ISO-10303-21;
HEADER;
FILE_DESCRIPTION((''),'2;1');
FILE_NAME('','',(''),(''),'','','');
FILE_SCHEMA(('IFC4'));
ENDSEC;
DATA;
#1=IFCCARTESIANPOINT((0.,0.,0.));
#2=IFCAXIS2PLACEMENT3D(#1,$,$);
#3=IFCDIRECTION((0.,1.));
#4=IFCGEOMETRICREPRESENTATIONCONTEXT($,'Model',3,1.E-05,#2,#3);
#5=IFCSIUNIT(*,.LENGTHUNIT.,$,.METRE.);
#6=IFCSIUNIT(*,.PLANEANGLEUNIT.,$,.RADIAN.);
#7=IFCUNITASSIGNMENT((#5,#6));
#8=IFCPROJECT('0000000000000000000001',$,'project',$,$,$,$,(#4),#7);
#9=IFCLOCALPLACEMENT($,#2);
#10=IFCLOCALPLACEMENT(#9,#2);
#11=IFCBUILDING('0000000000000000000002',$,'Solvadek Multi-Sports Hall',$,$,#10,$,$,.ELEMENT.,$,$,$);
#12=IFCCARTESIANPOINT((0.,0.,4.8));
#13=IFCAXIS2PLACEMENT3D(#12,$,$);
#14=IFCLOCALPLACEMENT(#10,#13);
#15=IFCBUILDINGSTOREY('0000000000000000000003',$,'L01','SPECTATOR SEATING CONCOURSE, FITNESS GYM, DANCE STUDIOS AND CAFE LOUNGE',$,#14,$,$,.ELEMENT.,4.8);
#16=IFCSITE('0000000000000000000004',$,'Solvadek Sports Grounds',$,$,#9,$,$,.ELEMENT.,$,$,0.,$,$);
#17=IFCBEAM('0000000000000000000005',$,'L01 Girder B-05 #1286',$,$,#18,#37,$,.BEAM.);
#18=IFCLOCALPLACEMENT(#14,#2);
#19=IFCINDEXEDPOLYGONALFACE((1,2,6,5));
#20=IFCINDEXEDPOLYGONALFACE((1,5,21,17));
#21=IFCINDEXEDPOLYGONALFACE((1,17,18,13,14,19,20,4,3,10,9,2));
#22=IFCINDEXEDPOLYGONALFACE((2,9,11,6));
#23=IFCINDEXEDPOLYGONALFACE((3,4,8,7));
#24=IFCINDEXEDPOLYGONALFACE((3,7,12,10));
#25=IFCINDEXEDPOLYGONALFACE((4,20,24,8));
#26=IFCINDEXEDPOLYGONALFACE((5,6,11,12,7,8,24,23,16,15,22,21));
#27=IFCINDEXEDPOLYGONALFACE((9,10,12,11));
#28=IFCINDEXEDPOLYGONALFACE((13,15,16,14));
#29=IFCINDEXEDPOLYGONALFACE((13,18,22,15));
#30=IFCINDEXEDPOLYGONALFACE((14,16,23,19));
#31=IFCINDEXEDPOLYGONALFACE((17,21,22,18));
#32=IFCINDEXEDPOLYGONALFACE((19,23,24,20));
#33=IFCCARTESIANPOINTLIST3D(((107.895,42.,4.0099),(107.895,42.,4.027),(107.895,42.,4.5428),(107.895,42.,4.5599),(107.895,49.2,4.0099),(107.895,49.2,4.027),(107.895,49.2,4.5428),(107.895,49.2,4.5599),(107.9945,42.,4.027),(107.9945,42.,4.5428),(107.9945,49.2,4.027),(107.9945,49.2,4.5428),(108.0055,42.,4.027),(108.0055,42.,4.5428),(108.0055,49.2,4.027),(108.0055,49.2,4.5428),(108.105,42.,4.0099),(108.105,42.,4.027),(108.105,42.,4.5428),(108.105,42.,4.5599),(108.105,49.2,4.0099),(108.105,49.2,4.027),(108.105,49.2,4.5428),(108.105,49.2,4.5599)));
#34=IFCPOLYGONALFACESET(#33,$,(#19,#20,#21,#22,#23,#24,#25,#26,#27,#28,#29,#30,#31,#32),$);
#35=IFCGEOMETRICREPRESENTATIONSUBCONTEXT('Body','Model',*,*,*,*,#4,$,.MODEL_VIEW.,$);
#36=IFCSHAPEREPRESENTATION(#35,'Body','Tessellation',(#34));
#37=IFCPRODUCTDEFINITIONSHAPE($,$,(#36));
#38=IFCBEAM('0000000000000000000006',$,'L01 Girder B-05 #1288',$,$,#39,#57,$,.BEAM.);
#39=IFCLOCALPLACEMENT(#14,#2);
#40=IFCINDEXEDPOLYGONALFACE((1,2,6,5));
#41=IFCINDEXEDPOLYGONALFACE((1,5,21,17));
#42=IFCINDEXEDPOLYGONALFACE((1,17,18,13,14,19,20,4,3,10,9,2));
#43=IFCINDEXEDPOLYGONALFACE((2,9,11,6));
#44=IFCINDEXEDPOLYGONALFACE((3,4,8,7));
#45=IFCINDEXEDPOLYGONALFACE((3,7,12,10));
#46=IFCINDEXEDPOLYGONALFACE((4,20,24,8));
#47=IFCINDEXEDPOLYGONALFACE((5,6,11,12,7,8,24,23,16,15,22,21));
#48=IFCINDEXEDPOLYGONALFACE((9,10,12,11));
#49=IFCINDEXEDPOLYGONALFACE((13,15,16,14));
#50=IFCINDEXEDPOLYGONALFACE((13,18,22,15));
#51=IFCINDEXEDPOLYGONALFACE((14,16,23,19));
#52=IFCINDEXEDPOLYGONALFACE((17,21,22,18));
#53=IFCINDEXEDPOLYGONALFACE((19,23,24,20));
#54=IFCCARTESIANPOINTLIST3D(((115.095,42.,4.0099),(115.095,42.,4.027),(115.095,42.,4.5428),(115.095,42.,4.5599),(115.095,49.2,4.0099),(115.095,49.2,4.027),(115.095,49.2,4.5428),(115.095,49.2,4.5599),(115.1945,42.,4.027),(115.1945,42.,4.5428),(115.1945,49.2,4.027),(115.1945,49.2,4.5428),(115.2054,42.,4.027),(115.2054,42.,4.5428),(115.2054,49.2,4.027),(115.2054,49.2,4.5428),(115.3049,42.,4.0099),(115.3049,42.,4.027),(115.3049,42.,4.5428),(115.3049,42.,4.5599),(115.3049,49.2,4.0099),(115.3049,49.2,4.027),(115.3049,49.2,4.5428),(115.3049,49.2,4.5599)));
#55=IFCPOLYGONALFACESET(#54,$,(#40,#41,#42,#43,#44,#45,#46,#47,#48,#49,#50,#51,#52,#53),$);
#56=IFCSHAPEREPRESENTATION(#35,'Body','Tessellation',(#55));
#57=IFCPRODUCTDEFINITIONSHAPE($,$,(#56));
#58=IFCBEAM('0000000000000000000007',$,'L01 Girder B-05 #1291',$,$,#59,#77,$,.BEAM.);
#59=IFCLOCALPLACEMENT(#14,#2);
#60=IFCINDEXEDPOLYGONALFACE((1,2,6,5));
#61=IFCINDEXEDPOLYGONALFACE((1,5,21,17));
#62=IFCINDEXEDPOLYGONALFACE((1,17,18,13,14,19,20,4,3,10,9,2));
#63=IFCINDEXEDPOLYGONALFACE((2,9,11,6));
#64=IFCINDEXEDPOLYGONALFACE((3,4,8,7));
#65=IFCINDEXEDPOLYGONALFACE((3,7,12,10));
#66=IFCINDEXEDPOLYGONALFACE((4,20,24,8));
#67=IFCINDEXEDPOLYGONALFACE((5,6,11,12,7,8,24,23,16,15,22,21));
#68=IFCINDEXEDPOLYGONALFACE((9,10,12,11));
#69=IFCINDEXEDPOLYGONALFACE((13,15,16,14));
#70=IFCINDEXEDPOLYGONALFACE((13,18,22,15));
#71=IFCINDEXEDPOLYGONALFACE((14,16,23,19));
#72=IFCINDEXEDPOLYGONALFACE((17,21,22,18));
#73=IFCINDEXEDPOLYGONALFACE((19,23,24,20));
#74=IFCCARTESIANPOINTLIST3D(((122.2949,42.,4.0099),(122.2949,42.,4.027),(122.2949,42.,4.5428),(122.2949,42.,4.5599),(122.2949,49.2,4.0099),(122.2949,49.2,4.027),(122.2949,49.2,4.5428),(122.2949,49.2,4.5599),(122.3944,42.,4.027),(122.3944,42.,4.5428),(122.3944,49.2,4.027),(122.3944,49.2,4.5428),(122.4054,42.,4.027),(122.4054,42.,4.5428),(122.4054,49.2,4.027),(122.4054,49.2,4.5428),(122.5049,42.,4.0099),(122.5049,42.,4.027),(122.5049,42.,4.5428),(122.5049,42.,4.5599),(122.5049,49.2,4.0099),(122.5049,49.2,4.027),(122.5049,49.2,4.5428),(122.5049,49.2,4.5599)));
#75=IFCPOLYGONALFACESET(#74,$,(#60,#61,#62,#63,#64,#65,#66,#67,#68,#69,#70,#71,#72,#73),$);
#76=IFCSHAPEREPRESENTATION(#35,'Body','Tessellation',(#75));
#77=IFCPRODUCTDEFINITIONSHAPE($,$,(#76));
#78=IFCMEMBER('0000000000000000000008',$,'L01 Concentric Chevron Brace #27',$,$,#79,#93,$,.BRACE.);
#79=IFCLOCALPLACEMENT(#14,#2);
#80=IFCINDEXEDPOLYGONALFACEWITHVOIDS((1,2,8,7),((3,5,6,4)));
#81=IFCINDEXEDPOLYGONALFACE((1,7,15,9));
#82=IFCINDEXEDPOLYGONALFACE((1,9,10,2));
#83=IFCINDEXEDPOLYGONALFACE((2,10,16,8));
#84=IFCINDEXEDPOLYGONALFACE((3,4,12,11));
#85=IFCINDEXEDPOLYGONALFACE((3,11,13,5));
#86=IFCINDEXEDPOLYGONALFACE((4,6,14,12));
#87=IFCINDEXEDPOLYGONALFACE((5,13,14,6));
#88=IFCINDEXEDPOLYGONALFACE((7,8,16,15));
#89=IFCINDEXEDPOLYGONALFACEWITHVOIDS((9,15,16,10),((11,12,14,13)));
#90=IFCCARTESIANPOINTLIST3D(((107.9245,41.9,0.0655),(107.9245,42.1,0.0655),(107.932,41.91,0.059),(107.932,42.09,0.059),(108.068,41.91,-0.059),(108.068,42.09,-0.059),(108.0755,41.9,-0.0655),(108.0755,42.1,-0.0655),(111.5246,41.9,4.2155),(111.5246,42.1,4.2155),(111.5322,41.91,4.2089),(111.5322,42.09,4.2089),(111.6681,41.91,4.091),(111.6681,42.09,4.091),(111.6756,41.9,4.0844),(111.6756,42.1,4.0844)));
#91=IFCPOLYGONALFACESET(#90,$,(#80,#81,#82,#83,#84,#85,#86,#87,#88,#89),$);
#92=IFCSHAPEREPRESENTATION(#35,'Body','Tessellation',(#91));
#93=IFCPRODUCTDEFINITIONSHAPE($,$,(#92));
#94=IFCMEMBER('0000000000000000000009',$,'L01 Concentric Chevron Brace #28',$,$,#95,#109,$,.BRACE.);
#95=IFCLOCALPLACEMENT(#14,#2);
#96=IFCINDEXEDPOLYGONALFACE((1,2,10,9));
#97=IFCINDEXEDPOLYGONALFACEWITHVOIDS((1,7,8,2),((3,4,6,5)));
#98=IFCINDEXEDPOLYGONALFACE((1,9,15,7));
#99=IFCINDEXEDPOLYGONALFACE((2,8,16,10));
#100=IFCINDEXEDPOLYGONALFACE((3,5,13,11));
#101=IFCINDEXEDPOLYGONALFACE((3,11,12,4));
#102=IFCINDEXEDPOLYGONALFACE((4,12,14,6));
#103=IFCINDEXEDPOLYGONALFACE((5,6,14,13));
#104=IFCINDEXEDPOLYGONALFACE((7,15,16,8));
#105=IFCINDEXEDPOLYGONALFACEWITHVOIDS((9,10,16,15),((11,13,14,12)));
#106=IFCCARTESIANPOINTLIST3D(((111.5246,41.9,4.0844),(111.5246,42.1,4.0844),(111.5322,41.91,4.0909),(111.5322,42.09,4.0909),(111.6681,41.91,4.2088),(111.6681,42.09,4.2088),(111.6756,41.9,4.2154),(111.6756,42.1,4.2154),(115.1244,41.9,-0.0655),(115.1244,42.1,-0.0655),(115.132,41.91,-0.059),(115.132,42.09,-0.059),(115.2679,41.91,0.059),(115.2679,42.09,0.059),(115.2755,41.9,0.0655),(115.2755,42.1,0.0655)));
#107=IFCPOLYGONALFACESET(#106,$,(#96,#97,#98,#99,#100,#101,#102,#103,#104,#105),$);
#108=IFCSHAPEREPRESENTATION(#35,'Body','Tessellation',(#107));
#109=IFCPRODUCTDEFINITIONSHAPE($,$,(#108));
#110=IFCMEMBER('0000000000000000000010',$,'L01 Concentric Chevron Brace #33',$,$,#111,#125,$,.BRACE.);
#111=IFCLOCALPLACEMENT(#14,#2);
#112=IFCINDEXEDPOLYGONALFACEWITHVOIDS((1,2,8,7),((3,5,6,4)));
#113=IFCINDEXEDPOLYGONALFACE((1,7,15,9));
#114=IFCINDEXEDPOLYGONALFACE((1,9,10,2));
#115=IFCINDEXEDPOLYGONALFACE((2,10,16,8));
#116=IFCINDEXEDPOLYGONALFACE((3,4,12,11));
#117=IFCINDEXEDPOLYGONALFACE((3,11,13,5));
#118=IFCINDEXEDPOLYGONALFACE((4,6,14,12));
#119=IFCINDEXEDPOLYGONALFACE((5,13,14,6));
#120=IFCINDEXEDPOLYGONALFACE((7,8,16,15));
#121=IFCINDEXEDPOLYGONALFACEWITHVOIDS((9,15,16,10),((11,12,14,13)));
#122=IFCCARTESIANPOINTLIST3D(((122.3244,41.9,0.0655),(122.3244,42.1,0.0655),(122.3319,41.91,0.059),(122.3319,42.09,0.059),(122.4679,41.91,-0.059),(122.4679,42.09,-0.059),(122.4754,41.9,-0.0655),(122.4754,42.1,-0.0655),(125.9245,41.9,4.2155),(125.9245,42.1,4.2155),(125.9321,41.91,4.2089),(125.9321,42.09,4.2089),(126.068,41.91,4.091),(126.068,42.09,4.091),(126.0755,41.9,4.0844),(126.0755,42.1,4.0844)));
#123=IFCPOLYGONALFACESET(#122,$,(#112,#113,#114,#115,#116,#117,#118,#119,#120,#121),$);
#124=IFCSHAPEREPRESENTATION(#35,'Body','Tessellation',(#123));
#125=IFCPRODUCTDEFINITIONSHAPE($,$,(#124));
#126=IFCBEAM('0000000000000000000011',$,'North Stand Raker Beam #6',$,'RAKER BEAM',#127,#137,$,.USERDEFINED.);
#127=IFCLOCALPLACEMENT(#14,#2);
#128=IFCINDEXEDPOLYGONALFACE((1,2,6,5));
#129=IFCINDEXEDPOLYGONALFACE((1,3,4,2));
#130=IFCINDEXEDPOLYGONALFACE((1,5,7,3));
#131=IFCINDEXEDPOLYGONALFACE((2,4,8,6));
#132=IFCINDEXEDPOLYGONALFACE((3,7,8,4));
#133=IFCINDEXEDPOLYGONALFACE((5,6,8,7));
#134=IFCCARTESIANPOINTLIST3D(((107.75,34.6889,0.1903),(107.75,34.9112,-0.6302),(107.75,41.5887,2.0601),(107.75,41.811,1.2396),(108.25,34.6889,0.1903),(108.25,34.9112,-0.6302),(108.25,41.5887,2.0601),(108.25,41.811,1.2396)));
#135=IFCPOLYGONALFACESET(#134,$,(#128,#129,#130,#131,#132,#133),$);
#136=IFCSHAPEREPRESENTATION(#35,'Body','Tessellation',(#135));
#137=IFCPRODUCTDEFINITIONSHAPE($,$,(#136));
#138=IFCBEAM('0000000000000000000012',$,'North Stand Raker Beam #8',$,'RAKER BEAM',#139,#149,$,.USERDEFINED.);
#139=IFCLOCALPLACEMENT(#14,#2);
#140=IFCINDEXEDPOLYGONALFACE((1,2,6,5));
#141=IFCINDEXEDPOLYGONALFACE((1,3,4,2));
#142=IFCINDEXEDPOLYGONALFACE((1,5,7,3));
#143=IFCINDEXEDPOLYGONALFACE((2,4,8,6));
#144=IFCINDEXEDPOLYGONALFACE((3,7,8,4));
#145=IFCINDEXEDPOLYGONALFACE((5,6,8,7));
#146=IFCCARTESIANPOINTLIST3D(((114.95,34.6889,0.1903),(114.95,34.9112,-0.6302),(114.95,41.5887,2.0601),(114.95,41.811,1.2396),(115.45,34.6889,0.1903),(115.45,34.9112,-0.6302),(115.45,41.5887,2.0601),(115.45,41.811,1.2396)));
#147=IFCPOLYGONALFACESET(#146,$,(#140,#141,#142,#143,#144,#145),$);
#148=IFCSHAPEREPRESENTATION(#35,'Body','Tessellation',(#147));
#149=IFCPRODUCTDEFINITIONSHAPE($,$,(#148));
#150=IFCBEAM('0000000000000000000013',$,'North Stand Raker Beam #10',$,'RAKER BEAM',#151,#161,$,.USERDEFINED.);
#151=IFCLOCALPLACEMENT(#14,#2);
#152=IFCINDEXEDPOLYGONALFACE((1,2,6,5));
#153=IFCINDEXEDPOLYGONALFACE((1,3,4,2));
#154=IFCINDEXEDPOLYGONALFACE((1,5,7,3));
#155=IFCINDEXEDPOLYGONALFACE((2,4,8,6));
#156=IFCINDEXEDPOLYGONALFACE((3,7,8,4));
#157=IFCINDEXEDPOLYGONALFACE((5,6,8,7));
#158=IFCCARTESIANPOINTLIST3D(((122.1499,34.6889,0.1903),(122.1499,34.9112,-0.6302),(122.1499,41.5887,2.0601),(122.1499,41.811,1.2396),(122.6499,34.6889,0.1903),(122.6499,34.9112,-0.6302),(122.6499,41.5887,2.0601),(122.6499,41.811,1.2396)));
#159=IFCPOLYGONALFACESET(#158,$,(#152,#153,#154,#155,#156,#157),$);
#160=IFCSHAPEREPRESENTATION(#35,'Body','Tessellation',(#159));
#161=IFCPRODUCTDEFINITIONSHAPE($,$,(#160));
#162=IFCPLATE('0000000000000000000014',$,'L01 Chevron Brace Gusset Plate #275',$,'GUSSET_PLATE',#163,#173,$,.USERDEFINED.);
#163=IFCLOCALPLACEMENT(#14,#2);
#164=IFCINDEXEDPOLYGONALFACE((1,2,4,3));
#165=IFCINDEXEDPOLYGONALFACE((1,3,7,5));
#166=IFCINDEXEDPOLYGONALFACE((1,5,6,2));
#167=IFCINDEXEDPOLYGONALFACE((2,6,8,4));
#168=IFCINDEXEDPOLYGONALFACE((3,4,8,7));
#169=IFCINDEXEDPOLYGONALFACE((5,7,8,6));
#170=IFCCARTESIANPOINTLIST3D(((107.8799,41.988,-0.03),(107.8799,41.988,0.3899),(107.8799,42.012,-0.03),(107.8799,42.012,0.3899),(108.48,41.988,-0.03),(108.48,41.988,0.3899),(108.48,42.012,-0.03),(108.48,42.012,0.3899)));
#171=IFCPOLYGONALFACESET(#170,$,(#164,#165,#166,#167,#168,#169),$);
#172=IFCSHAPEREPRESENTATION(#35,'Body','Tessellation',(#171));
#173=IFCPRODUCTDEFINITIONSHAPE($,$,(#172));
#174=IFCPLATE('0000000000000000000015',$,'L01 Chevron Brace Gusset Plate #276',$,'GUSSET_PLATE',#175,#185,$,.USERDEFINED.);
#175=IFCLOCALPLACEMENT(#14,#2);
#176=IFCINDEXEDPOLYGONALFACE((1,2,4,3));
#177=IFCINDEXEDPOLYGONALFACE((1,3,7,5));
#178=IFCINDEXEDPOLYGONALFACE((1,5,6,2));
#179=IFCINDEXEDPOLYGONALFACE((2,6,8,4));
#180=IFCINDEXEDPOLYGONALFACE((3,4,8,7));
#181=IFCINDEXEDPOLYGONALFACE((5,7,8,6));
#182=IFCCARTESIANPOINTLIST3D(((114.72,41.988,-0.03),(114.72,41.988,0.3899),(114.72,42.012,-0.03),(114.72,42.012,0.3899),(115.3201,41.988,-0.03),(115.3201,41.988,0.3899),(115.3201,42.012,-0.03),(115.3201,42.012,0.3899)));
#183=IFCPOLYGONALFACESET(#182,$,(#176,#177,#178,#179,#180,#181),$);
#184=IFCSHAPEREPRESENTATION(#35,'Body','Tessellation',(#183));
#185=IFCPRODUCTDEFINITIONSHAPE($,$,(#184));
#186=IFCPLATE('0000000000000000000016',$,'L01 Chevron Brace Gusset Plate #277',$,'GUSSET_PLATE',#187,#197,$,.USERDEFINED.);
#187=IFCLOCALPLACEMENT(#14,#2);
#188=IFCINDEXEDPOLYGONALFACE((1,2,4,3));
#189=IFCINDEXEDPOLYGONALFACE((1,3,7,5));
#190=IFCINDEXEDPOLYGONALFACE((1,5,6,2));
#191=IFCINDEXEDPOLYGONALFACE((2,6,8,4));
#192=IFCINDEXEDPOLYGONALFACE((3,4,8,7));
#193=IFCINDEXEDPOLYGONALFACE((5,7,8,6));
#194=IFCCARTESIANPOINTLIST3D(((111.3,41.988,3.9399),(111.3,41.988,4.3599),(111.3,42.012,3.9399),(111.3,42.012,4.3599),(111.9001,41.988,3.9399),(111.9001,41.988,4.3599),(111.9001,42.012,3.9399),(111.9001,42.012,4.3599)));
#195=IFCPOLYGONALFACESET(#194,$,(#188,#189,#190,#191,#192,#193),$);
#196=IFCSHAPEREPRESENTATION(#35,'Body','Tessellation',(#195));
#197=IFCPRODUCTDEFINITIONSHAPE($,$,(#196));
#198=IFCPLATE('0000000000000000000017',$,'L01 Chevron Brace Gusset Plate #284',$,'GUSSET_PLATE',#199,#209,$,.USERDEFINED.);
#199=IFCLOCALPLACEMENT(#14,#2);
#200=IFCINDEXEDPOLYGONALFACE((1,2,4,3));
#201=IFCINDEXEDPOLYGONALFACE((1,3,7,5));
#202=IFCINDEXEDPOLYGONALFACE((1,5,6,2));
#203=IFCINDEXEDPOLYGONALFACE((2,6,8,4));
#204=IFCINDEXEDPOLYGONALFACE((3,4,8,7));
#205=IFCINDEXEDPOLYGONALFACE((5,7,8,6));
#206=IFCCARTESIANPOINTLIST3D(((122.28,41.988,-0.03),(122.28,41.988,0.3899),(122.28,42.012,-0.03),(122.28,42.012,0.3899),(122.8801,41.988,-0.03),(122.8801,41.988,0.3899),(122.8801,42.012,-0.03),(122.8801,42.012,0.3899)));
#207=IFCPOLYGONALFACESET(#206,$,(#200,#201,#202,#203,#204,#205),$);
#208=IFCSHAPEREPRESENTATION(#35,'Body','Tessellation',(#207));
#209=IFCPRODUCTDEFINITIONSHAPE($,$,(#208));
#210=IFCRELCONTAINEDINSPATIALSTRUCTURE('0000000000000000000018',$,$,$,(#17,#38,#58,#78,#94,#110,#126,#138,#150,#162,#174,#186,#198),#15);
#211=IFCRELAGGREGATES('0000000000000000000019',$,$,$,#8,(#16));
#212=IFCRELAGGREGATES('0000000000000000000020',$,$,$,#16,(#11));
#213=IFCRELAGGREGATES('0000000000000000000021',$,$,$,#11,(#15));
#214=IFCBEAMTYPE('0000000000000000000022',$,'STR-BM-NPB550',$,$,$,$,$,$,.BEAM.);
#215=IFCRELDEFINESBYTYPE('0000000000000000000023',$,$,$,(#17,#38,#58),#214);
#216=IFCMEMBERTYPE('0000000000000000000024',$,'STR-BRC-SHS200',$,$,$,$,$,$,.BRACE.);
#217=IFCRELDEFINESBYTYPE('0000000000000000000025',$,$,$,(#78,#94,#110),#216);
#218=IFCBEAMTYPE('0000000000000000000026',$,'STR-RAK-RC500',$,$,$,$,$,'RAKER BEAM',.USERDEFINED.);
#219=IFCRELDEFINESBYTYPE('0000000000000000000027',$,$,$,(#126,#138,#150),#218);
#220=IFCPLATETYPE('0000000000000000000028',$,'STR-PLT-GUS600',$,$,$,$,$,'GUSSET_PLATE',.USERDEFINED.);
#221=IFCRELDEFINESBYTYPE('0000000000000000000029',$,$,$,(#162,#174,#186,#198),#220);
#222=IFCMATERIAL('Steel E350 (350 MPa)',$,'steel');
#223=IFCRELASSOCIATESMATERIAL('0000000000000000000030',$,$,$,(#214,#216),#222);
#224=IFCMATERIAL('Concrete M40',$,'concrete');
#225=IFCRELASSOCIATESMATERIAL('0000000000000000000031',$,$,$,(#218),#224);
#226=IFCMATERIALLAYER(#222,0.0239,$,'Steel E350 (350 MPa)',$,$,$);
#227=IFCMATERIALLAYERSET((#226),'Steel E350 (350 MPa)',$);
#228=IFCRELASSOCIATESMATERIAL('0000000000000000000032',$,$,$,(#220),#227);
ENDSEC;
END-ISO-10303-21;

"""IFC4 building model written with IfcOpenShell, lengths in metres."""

from ifc_helpers import new_model, si_unit, direction, frame, origin, origin_2d, place, context, subcontext, project, spatial, rectangle, hollow_rectangle, i_section, extrude, material, layer, layer_set, material_profile, profile_set, type_object, element, save


model = new_model("IFC4")

# Units and contexts
model_context = context("Model", 3, precision=1e-05, world=origin(), true_north=direction((0.0, 1.0)))
body_context = subcontext(model_context, "Body", "Model", "MODEL_VIEW")
ifc_project = project(units=[si_unit("LENGTHUNIT", "METRE"), si_unit("PLANEANGLEUNIT", "RADIAN")], contexts=[model_context])

# Site, building, storey
site_placement = place(None, origin())
site = spatial("IfcSite", under=ifc_project, at=site_placement, Name="Solvadek Sports Grounds", CompositionType="ELEMENT", RefElevation=0.0)
building_placement = place(site_placement, origin())
building = spatial("IfcBuilding", under=site, at=building_placement, Name="Solvadek Multi-Sports Hall", CompositionType="ELEMENT")
storey_placement = place(building_placement, frame((0.0, 0.0, 4.8)))
storey = spatial("IfcBuildingStorey", under=building, at=storey_placement, Name="L01", Description="SPECTATOR SEATING CONCOURSE, FITNESS GYM, DANCE STUDIOS AND CAFE LOUNGE", CompositionType="ELEMENT", Elevation=4.8)

# Shared definitions
ifc_material_1 = material(Name="Steel E350 (350 MPa)", Category="steel")

# Beams
ifc_material_profile_1 = material_profile(ifc_material_1, i_section(OverallWidth=0.21, OverallDepth=0.55, WebThickness=0.011, FlangeThickness=0.0171, at=origin_2d()), Name="NPB 550")
ifc_profile_set_1 = profile_set([ifc_material_profile_1], Name="Steel E350 (350 MPa)")
beam_type_1 = type_object("IfcBeamType", Name="STR-BM-NPB550", PredefinedType="BEAM", material=ifc_profile_set_1)
for number, where, z_axis, x_axis, name in (
    (1, (108.0, 42.0, 4.2849), (0.0, 1.0, 0.0), (-1.0, 0.0, 0.0), "L01 Girder B-05 #1286"),
    (2, (115.2, 42.0, 4.2849), (0.0, 1.0, 0.0), (-1.0, 0.0, 0.0), "L01 Girder B-05 #1288"),
    (3, (122.3999, 42.0, 4.2849), (0.0, 1.0, 0.0), (-1.0, 0.0, 0.0), "L01 Girder B-05 #1291"),
):
    element("IfcBeam", number, at=place(storey_placement, frame(where, z_axis=z_axis, x_axis=x_axis)), inside=storey, type_object=beam_type_1, Name=name, PredefinedType="BEAM", context=body_context, shape_type="SweptSolid", body=[
        extrude(i_section(OverallWidth=0.21, OverallDepth=0.55, WebThickness=0.011, FlangeThickness=0.0171, at=origin_2d()), origin(), (0.0, 0.0, 1.0), 7.2),
    ])

# Members
ifc_material_profile_2 = material_profile(ifc_material_1, hollow_rectangle(XDim=0.2, YDim=0.2, WallThickness=0.01, at=origin_2d()), Name="SHS 200x200x10")
ifc_profile_set_2 = profile_set([ifc_material_profile_2], Name="Steel E350 (350 MPa)")
member_type = type_object("IfcMemberType", Name="STR-BRC-SHS200", PredefinedType="BRACE", material=ifc_profile_set_2)
member_1_placement = place(storey_placement, frame((108.0, 42.0, 0.0), z_axis=(0.655296, 0.0, 0.755372), x_axis=(0.0, 1.0, 0.0)))
element("IfcMember", 4, at=member_1_placement, inside=storey, type_object=member_type, Name="L01 Concentric Chevron Brace #27", PredefinedType="BRACE", context=body_context, shape_type="SweptSolid", body=[
    extrude(hollow_rectangle(XDim=0.2, YDim=0.2, WallThickness=0.01, at=origin_2d()), origin(), (0.0, 0.0, 1.0), 5.4939),
])
member_2_placement = place(storey_placement, frame((115.2, 42.0, 0.0), z_axis=(-0.655271, 0.0, 0.755394), x_axis=(0.0, -1.0, 0.0)))
element("IfcMember", 5, at=member_2_placement, inside=storey, type_object=member_type, Name="L01 Concentric Chevron Brace #28", PredefinedType="BRACE", context=body_context, shape_type="SweptSolid", body=[
    extrude(hollow_rectangle(XDim=0.2, YDim=0.2, WallThickness=0.01, at=origin_2d()), origin(), (0.0, 0.0, 1.0), 5.4937),
])
member_3_placement = place(storey_placement, frame((122.3999, 42.0, 0.0), z_axis=(0.655296, 0.0, 0.755372), x_axis=(0.0, 1.0, 0.0)))
element("IfcMember", 6, at=member_3_placement, inside=storey, type_object=member_type, Name="L01 Concentric Chevron Brace #33", PredefinedType="BRACE", context=body_context, shape_type="SweptSolid", body=[
    extrude(hollow_rectangle(XDim=0.2, YDim=0.2, WallThickness=0.01, at=origin_2d()), origin(), (0.0, 0.0, 1.0), 5.4939),
])

# Beams
ifc_material_2 = material(Name="Concrete M40", Category="concrete")
ifc_material_profile_3 = material_profile(ifc_material_2, rectangle(XDim=0.5, YDim=0.8501, at=origin_2d()), Name="RC RAKER 500x850")
ifc_profile_set_3 = profile_set([ifc_material_profile_3], Name="Concrete M40")
beam_type_2 = type_object("IfcBeamType", Name="STR-RAK-RC500", ElementType="RAKER BEAM", PredefinedType="USERDEFINED", material=ifc_profile_set_3)
for number, where, z_axis, x_axis, name in (
    (7, (108.0, 34.8, -0.22), (0.0, 0.965186, 0.261565), (-1.0, 0.0, 0.0), "North Stand Raker Beam #6"),
    (8, (115.2, 34.8, -0.22), (0.0, 0.965186, 0.261565), (-1.0, 0.0, 0.0), "North Stand Raker Beam #8"),
    (9, (122.3999, 34.8, -0.22), (0.0, 0.965186, 0.261565), (-1.0, 0.0, 0.0), "North Stand Raker Beam #10"),
):
    element("IfcBeam", number, at=place(storey_placement, frame(where, z_axis=z_axis, x_axis=x_axis)), inside=storey, type_object=beam_type_2, Name=name, ObjectType="RAKER BEAM", PredefinedType="USERDEFINED", context=body_context, shape_type="SweptSolid", body=[
        extrude(rectangle(XDim=0.5, YDim=0.8501, at=origin_2d()), origin(), (0.0, 0.0, 1.0), 7.1487),
    ])

# Plates
ifc_layer_1 = layer(ifc_material_1, 0.0239, Name="Steel E350 (350 MPa)")
ifc_layer_set_1 = layer_set([ifc_layer_1], Name="Steel E350 (350 MPa)")
plate_type = type_object("IfcPlateType", Name="STR-PLT-GUS600", ElementType="GUSSET_PLATE", PredefinedType="USERDEFINED", material=ifc_layer_set_1)
for number, where, z_axis, x_axis, name in (
    (10, (108.1799, 42.0, -0.03), (0.0, 0.0, 1.0), (1.0, 0.0, 0.0), "L01 Chevron Brace Gusset Plate #275"),
    (11, (115.02, 42.0, -0.03), (0.0, 0.0, 1.0), (1.0, 0.0, 0.0), "L01 Chevron Brace Gusset Plate #276"),
    (12, (111.6001, 42.0, 3.9399), (0.0, 0.0, 1.0), (1.0, 0.0, 0.0), "L01 Chevron Brace Gusset Plate #277"),
    (13, (122.5801, 42.0, -0.03), (0.0, 0.0, 1.0), (1.0, 0.0, 0.0), "L01 Chevron Brace Gusset Plate #284"),
):
    element("IfcPlate", number, at=place(storey_placement, frame(where, z_axis=z_axis, x_axis=x_axis)), inside=storey, type_object=plate_type, Name=name, ObjectType="GUSSET_PLATE", PredefinedType="USERDEFINED", context=body_context, shape_type="SweptSolid", body=[
        extrude(rectangle(XDim=0.6001, YDim=0.0239, at=origin_2d()), origin(), (0.0, 0.0, 1.0), 0.4199),
    ])

save(model, "model.ifc")
